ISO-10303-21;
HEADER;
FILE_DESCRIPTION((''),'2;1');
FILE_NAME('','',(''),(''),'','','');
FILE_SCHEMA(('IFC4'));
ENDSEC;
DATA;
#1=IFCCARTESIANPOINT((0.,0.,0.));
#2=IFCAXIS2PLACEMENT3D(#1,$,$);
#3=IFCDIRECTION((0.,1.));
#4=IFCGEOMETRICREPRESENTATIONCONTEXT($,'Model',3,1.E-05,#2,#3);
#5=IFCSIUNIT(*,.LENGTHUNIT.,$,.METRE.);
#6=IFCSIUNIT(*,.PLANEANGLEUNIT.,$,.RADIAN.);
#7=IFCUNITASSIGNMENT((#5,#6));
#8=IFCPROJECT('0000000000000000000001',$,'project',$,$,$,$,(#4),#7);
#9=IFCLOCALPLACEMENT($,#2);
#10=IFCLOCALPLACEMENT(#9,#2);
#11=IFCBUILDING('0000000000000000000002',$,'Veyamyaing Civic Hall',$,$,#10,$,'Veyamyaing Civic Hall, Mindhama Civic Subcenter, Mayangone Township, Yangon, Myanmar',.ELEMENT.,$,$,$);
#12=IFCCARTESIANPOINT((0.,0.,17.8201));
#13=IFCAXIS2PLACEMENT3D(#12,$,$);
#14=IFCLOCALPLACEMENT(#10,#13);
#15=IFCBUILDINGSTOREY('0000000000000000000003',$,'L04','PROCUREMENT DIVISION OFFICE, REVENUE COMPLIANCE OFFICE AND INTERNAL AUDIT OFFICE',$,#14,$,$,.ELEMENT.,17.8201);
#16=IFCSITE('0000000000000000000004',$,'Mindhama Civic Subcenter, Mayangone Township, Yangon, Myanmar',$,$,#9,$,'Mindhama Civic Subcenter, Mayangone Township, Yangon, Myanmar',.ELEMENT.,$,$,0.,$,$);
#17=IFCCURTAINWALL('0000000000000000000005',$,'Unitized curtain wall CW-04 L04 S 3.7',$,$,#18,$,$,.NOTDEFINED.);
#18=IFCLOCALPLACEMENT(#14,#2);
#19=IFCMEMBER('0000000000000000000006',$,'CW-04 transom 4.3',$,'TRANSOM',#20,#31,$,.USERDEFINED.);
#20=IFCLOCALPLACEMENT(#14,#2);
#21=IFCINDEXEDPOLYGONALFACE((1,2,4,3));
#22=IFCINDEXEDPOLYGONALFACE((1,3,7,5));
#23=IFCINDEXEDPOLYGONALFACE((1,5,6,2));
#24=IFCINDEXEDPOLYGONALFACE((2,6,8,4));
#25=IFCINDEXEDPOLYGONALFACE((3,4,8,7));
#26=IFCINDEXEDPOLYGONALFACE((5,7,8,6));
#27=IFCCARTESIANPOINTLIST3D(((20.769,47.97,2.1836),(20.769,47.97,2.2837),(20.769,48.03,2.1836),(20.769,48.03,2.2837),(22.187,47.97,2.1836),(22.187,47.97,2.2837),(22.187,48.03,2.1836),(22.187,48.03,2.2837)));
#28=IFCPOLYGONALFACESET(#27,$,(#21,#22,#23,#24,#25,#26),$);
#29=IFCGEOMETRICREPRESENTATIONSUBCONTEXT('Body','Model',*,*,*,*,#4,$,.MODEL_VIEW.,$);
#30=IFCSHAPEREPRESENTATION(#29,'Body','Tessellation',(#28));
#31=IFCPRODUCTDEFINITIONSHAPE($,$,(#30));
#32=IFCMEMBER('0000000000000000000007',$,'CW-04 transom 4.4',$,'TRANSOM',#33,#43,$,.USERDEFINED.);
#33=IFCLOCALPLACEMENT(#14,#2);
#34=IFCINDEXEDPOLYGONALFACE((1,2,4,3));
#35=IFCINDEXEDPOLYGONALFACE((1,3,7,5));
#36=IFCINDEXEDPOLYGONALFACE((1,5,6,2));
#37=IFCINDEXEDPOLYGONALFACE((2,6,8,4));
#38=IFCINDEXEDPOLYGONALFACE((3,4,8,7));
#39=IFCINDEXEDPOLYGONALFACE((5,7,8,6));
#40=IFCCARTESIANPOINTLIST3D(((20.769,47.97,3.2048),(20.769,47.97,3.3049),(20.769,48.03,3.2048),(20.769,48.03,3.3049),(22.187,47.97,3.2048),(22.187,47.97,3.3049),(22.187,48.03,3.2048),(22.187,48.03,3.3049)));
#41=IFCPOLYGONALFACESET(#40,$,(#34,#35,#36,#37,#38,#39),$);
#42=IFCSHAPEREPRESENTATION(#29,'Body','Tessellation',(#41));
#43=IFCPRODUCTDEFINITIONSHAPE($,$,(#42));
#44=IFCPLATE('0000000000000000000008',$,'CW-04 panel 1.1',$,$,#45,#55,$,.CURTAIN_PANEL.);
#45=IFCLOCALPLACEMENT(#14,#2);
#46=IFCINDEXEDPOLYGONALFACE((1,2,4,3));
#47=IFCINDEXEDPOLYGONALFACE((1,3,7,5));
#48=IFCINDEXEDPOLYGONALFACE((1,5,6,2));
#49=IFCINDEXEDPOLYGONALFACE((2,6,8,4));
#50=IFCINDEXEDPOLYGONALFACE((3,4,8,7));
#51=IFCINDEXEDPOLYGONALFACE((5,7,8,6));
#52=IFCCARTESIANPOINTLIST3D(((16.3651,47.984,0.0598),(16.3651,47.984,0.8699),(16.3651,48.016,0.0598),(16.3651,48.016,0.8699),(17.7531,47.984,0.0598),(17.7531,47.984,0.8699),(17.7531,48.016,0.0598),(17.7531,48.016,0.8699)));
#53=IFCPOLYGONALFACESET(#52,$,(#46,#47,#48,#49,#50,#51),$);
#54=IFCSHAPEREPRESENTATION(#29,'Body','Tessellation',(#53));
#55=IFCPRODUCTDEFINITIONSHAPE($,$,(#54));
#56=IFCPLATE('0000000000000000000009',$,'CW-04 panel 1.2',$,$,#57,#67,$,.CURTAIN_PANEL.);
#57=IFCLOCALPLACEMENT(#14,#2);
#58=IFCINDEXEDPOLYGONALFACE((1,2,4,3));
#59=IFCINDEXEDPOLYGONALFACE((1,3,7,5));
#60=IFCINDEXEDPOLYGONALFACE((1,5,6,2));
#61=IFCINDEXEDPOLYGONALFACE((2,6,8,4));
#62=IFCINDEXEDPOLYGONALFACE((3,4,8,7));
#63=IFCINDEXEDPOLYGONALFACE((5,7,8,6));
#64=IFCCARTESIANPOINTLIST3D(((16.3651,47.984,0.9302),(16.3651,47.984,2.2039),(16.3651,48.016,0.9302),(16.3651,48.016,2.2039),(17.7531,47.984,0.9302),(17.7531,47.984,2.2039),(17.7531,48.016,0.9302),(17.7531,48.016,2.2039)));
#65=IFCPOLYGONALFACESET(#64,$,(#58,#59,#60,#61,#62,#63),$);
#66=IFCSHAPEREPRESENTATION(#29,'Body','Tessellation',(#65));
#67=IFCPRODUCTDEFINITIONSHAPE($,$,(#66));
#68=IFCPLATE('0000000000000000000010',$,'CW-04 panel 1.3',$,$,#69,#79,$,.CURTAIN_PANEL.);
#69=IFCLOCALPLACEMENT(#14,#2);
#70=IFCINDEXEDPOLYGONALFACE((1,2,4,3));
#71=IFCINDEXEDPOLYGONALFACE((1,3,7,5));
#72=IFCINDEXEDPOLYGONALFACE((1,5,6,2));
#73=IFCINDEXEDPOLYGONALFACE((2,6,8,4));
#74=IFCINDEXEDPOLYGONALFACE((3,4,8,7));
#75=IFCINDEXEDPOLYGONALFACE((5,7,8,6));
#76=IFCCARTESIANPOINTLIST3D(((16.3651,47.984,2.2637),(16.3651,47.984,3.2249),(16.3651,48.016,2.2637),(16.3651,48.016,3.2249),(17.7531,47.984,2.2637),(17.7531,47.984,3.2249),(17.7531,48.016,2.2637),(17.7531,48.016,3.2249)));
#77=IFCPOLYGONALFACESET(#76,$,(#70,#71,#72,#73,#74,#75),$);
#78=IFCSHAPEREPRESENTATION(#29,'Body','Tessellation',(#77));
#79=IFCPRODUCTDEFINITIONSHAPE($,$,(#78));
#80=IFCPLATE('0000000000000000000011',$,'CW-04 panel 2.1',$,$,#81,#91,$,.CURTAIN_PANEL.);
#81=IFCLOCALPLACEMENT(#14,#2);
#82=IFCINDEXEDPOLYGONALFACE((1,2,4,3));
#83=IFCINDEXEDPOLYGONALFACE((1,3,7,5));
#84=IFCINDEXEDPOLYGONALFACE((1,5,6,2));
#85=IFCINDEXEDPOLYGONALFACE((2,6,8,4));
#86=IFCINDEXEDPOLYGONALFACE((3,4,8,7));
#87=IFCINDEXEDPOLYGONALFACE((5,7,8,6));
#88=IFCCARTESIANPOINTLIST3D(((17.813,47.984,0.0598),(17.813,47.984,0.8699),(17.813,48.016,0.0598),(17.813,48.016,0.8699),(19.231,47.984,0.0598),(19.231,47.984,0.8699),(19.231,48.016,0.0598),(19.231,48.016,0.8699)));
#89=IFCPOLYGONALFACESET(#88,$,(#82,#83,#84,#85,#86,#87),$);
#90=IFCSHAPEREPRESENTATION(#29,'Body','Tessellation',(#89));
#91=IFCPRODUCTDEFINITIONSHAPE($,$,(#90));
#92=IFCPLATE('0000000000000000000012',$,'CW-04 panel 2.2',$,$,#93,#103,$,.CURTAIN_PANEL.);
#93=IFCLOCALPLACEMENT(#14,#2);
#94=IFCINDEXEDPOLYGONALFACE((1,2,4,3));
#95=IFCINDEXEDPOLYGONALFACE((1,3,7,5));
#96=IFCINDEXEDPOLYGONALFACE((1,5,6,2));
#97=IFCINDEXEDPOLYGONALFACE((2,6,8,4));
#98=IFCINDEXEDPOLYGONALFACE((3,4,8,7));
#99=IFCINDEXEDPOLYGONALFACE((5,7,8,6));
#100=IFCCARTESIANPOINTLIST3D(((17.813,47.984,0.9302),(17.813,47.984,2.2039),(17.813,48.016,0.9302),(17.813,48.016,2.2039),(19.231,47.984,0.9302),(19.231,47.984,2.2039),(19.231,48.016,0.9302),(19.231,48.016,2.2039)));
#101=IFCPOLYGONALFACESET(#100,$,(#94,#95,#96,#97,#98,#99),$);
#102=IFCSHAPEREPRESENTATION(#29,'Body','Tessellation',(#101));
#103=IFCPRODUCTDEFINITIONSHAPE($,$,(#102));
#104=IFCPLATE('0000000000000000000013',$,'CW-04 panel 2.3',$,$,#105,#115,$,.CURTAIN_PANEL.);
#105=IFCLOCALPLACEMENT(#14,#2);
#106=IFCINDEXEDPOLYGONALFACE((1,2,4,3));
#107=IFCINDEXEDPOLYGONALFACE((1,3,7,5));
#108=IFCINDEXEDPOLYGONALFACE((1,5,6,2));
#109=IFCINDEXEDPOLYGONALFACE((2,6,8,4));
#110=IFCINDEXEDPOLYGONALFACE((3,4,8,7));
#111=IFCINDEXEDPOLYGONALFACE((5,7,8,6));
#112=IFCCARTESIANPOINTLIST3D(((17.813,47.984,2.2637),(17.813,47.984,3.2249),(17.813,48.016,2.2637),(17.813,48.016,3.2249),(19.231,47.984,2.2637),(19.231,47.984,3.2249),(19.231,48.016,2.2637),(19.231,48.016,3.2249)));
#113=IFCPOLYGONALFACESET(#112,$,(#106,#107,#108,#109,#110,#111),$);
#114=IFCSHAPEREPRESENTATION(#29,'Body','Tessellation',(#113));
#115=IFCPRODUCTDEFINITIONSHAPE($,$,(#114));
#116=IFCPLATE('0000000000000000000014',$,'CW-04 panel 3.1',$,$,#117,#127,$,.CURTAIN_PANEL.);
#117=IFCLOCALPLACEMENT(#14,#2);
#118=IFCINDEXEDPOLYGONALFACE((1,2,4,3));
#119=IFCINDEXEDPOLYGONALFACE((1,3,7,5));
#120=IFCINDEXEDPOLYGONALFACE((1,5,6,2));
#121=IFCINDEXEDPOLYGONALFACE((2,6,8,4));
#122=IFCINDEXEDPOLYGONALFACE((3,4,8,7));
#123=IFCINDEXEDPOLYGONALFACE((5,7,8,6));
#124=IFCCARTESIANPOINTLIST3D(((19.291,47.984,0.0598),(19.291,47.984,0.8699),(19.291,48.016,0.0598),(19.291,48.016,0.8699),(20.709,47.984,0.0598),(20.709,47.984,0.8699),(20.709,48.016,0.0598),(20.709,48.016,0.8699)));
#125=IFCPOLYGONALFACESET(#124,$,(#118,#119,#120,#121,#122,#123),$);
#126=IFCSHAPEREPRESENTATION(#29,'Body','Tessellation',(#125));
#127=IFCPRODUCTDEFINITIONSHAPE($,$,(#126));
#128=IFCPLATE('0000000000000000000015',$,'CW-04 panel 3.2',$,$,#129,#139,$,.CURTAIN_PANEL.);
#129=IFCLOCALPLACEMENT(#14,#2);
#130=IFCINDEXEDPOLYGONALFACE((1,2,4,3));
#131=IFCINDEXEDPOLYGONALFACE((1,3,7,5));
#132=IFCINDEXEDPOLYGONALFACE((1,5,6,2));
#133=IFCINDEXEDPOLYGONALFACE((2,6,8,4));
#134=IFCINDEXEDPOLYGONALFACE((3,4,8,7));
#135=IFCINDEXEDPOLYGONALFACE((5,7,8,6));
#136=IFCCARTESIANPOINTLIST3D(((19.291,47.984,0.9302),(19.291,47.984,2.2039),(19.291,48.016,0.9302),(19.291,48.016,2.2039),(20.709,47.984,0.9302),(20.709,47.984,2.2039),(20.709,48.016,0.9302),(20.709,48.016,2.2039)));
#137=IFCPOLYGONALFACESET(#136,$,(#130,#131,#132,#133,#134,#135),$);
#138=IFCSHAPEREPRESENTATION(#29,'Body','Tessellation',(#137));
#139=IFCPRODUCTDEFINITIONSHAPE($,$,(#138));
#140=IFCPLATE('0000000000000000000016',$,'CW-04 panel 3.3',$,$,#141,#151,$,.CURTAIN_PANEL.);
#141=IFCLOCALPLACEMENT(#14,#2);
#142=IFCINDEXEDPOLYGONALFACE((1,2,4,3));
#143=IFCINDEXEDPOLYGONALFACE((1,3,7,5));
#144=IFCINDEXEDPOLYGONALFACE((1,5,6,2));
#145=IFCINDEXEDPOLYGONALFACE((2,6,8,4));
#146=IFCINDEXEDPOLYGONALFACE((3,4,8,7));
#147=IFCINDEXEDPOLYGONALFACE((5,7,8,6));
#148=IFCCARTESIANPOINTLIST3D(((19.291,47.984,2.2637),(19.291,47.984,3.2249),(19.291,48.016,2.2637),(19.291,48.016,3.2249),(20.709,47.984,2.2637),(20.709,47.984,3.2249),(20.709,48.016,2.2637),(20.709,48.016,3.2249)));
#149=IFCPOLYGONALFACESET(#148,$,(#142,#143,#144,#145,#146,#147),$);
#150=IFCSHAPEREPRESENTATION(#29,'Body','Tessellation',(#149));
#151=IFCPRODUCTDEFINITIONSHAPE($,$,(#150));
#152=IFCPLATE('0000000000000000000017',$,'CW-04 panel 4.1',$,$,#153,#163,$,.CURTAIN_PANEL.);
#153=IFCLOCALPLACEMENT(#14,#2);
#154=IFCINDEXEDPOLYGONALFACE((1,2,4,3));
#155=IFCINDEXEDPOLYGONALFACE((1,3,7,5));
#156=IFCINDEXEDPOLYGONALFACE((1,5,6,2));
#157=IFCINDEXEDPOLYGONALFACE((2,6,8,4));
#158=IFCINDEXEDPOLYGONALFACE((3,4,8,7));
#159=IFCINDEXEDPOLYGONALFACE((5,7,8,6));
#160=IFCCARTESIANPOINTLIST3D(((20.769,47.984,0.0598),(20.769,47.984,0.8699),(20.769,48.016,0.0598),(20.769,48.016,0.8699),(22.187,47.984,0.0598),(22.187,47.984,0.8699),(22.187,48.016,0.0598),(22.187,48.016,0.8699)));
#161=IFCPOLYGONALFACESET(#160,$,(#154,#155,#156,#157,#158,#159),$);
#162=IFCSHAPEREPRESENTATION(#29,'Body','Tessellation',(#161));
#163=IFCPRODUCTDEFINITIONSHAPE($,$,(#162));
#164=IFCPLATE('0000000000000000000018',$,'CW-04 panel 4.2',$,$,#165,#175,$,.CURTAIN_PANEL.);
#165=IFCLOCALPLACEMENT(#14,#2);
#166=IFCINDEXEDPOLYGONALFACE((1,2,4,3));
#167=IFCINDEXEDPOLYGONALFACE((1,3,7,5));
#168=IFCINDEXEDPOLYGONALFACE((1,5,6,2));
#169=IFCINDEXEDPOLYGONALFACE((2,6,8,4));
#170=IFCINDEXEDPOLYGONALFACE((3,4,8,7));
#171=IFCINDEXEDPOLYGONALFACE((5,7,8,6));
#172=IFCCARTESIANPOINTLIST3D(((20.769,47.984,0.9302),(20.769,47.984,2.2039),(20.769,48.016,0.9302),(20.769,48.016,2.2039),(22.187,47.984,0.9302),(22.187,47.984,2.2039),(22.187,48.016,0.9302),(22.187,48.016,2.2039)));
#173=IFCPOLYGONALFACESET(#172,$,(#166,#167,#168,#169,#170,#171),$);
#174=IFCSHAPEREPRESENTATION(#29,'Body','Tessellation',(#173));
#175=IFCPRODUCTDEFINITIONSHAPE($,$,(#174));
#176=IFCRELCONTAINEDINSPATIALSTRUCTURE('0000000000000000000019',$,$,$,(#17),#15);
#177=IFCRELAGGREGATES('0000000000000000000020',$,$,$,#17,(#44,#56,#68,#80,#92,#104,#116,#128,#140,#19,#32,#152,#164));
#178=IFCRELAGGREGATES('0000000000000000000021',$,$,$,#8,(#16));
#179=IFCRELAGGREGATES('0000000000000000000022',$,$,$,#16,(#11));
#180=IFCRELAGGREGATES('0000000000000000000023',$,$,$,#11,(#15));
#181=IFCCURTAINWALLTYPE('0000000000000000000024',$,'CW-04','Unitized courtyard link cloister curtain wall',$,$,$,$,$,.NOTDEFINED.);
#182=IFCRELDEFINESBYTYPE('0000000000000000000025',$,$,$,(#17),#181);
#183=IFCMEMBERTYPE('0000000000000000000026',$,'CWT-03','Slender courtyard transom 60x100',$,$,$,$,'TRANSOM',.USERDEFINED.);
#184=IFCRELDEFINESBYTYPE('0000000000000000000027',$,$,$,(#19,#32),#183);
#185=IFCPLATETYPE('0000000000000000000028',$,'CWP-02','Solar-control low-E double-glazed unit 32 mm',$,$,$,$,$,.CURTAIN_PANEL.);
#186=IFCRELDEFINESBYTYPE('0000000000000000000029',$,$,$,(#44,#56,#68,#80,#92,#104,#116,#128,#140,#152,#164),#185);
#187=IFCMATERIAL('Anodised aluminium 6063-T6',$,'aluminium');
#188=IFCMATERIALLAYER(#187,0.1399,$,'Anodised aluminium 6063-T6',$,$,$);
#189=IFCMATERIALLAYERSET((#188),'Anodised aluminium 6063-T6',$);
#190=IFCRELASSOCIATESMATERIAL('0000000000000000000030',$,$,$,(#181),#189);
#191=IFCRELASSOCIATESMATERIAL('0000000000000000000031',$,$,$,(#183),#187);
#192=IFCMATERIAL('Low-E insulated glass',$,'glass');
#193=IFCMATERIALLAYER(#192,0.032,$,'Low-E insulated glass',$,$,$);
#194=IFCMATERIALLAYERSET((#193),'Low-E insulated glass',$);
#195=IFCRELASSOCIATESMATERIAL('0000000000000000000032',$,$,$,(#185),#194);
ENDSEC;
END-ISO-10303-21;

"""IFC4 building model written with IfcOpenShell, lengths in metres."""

from ifc_helpers import new_model, si_unit, direction, frame, origin, origin_2d, place, context, subcontext, project, spatial, rectangle, extrude, material, layer, layer_set, material_profile, profile_set, type_object, element, aggregate, save


model = new_model("IFC4")

# Units and contexts
model_context = context("Model", 3, precision=1e-05, world=origin(), true_north=direction((0.0, 1.0)))
body_context = subcontext(model_context, "Body", "Model", "MODEL_VIEW")
ifc_project = project(units=[si_unit("LENGTHUNIT", "METRE"), si_unit("PLANEANGLEUNIT", "RADIAN")], contexts=[model_context])

# Site, building, storey
site_placement = place(None, origin())
site = spatial("IfcSite", under=ifc_project, at=site_placement, Name="Mindhama Civic Subcenter, Mayangone Township, Yangon, Myanmar", LongName="Mindhama Civic Subcenter, Mayangone Township, Yangon, Myanmar", CompositionType="ELEMENT", RefElevation=0.0)
building_placement = place(site_placement, origin())
building = spatial("IfcBuilding", under=site, at=building_placement, Name="Veyamyaing Civic Hall", LongName="Veyamyaing Civic Hall, Mindhama Civic Subcenter, Mayangone Township, Yangon, Myanmar", CompositionType="ELEMENT")
storey_placement = place(building_placement, frame((0.0, 0.0, 17.8201)))
storey = spatial("IfcBuildingStorey", under=building, at=storey_placement, Name="L04", Description="PROCUREMENT DIVISION OFFICE, REVENUE COMPLIANCE OFFICE AND INTERNAL AUDIT OFFICE", CompositionType="ELEMENT", Elevation=17.8201)

# Curtain wall, members, plates
ifc_material_1 = material(Name="Anodised aluminium 6063-T6", Category="aluminium")
ifc_layer_1 = layer(ifc_material_1, 0.1399, Name="Anodised aluminium 6063-T6")
ifc_layer_set_1 = layer_set([ifc_layer_1], Name="Anodised aluminium 6063-T6")
curtain_wall_type = type_object("IfcCurtainWallType", Name="CW-04", Description="Unitized courtyard link cloister curtain wall", PredefinedType="NOTDEFINED", material=ifc_layer_set_1)
curtain_wall_placement = place(storey_placement, origin())
curtain_wall = element("IfcCurtainWall", 1, at=curtain_wall_placement, inside=storey, type_object=curtain_wall_type, Name="Unitized curtain wall CW-04 L04 S 3.7", PredefinedType="NOTDEFINED")
ifc_material_profile_1 = material_profile(ifc_material_1, rectangle(XDim=0.0601, YDim=0.1001, at=origin_2d()), Name="ALU-TRN-60X100")
ifc_profile_set_1 = profile_set([ifc_material_profile_1], Name="Anodised aluminium 6063-T6")
member_type_1 = type_object("IfcMemberType", Name="CWT-03", Description="Slender courtyard transom 60x100", ElementType="TRANSOM", PredefinedType="USERDEFINED", material=ifc_profile_set_1)
member_1_placement = place(storey_placement, frame((20.769, 48.0, 2.2336), z_axis=(1.0, 0.0, 0.0), x_axis=(0.0, 1.0, 0.0)))
member_1 = element("IfcMember", 2, at=member_1_placement, type_object=member_type_1, Name="CW-04 transom 4.3", ObjectType="TRANSOM", PredefinedType="USERDEFINED", context=body_context, shape_type="SweptSolid", body=[
    extrude(rectangle(XDim=0.0601, YDim=0.1001, at=origin_2d()), origin(), (0.0, 0.0, 1.0), 1.418),
])
member_2_placement = place(storey_placement, frame((20.769, 48.0, 3.2549), z_axis=(1.0, 0.0, 0.0), x_axis=(0.0, 1.0, 0.0)))
member_2 = element("IfcMember", 3, at=member_2_placement, type_object=member_type_1, Name="CW-04 transom 4.4", ObjectType="TRANSOM", PredefinedType="USERDEFINED", context=body_context, shape_type="SweptSolid", body=[
    extrude(rectangle(XDim=0.0601, YDim=0.1001, at=origin_2d()), origin(), (0.0, 0.0, 1.0), 1.418),
])
ifc_material_2 = material(Name="Low-E insulated glass", Category="glass")
ifc_layer_2 = layer(ifc_material_2, 0.032, Name="Low-E insulated glass")
ifc_layer_set_2 = layer_set([ifc_layer_2], Name="Low-E insulated glass")
plate_type = type_object("IfcPlateType", Name="CWP-02", Description="Solar-control low-E double-glazed unit 32 mm", PredefinedType="CURTAIN_PANEL", material=ifc_layer_set_2)
plate_1_placement = place(storey_placement, frame((17.0591, 48.0, 0.0598), z_axis=(0.0, 0.0, 1.0), x_axis=(1.0, 0.0, 0.0)))
plate_1 = element("IfcPlate", 4, at=plate_1_placement, type_object=plate_type, Name="CW-04 panel 1.1", PredefinedType="CURTAIN_PANEL", context=body_context, shape_type="SweptSolid", body=[
    extrude(rectangle(XDim=1.3879, YDim=0.032, at=origin_2d()), origin(), (0.0, 0.0, 1.0), 0.8101),
])
plate_2_placement = place(storey_placement, frame((17.0591, 48.0, 0.9302), z_axis=(0.0, 0.0, 1.0), x_axis=(1.0, 0.0, 0.0)))
plate_2 = element("IfcPlate", 5, at=plate_2_placement, type_object=plate_type, Name="CW-04 panel 1.2", PredefinedType="CURTAIN_PANEL", context=body_context, shape_type="SweptSolid", body=[
    extrude(rectangle(XDim=1.3879, YDim=0.032, at=origin_2d()), origin(), (0.0, 0.0, 1.0), 1.2737),
])
plate_3_placement = place(storey_placement, frame((17.0591, 48.0, 2.2637), z_axis=(0.0, 0.0, 1.0), x_axis=(1.0, 0.0, 0.0)))
plate_3 = element("IfcPlate", 6, at=plate_3_placement, type_object=plate_type, Name="CW-04 panel 1.3", PredefinedType="CURTAIN_PANEL", context=body_context, shape_type="SweptSolid", body=[
    extrude(rectangle(XDim=1.3879, YDim=0.032, at=origin_2d()), origin(), (0.0, 0.0, 1.0), 0.9612),
])
plate_4_placement = place(storey_placement, frame((18.522, 48.0, 0.0598), z_axis=(0.0, 0.0, 1.0), x_axis=(1.0, 0.0, 0.0)))
plate_4 = element("IfcPlate", 7, at=plate_4_placement, type_object=plate_type, Name="CW-04 panel 2.1", PredefinedType="CURTAIN_PANEL", context=body_context, shape_type="SweptSolid", body=[
    extrude(rectangle(XDim=1.418, YDim=0.032, at=origin_2d()), origin(), (0.0, 0.0, 1.0), 0.8101),
])
plate_5_placement = place(storey_placement, frame((18.522, 48.0, 0.9302), z_axis=(0.0, 0.0, 1.0), x_axis=(1.0, 0.0, 0.0)))
plate_5 = element("IfcPlate", 8, at=plate_5_placement, type_object=plate_type, Name="CW-04 panel 2.2", PredefinedType="CURTAIN_PANEL", context=body_context, shape_type="SweptSolid", body=[
    extrude(rectangle(XDim=1.418, YDim=0.032, at=origin_2d()), origin(), (0.0, 0.0, 1.0), 1.2737),
])
plate_6_placement = place(storey_placement, frame((18.522, 48.0, 2.2637), z_axis=(0.0, 0.0, 1.0), x_axis=(1.0, 0.0, 0.0)))
plate_6 = element("IfcPlate", 9, at=plate_6_placement, type_object=plate_type, Name="CW-04 panel 2.3", PredefinedType="CURTAIN_PANEL", context=body_context, shape_type="SweptSolid", body=[
    extrude(rectangle(XDim=1.418, YDim=0.032, at=origin_2d()), origin(), (0.0, 0.0, 1.0), 0.9612),
])
plate_7_placement = place(storey_placement, frame((20.0, 48.0, 0.0598), z_axis=(0.0, 0.0, 1.0), x_axis=(1.0, 0.0, 0.0)))
plate_7 = element("IfcPlate", 10, at=plate_7_placement, type_object=plate_type, Name="CW-04 panel 3.1", PredefinedType="CURTAIN_PANEL", context=body_context, shape_type="SweptSolid", body=[
    extrude(rectangle(XDim=1.418, YDim=0.032, at=origin_2d()), origin(), (0.0, 0.0, 1.0), 0.8101),
])
plate_8_placement = place(storey_placement, frame((20.0, 48.0, 0.9302), z_axis=(0.0, 0.0, 1.0), x_axis=(1.0, 0.0, 0.0)))
plate_8 = element("IfcPlate", 11, at=plate_8_placement, type_object=plate_type, Name="CW-04 panel 3.2", PredefinedType="CURTAIN_PANEL", context=body_context, shape_type="SweptSolid", body=[
    extrude(rectangle(XDim=1.418, YDim=0.032, at=origin_2d()), origin(), (0.0, 0.0, 1.0), 1.2737),
])
plate_9_placement = place(storey_placement, frame((20.0, 48.0, 2.2637), z_axis=(0.0, 0.0, 1.0), x_axis=(1.0, 0.0, 0.0)))
plate_9 = element("IfcPlate", 12, at=plate_9_placement, type_object=plate_type, Name="CW-04 panel 3.3", PredefinedType="CURTAIN_PANEL", context=body_context, shape_type="SweptSolid", body=[
    extrude(rectangle(XDim=1.418, YDim=0.032, at=origin_2d()), origin(), (0.0, 0.0, 1.0), 0.9612),
])
plate_10_placement = place(storey_placement, frame((21.478, 48.0, 0.0598), z_axis=(0.0, 0.0, 1.0), x_axis=(1.0, 0.0, 0.0)))
plate_10 = element("IfcPlate", 13, at=plate_10_placement, type_object=plate_type, Name="CW-04 panel 4.1", PredefinedType="CURTAIN_PANEL", context=body_context, shape_type="SweptSolid", body=[
    extrude(rectangle(XDim=1.418, YDim=0.032, at=origin_2d()), origin(), (0.0, 0.0, 1.0), 0.8101),
])
plate_11_placement = place(storey_placement, frame((21.478, 48.0, 0.9302), z_axis=(0.0, 0.0, 1.0), x_axis=(1.0, 0.0, 0.0)))
plate_11 = element("IfcPlate", 14, at=plate_11_placement, type_object=plate_type, Name="CW-04 panel 4.2", PredefinedType="CURTAIN_PANEL", context=body_context, shape_type="SweptSolid", body=[
    extrude(rectangle(XDim=1.418, YDim=0.032, at=origin_2d()), origin(), (0.0, 0.0, 1.0), 1.2737),
])
aggregate(curtain_wall, [plate_1, plate_2, plate_3, plate_4, plate_5, plate_6, plate_7, plate_8, plate_9, member_1, member_2, plate_10, plate_11])

save(model, "model.ifc")
